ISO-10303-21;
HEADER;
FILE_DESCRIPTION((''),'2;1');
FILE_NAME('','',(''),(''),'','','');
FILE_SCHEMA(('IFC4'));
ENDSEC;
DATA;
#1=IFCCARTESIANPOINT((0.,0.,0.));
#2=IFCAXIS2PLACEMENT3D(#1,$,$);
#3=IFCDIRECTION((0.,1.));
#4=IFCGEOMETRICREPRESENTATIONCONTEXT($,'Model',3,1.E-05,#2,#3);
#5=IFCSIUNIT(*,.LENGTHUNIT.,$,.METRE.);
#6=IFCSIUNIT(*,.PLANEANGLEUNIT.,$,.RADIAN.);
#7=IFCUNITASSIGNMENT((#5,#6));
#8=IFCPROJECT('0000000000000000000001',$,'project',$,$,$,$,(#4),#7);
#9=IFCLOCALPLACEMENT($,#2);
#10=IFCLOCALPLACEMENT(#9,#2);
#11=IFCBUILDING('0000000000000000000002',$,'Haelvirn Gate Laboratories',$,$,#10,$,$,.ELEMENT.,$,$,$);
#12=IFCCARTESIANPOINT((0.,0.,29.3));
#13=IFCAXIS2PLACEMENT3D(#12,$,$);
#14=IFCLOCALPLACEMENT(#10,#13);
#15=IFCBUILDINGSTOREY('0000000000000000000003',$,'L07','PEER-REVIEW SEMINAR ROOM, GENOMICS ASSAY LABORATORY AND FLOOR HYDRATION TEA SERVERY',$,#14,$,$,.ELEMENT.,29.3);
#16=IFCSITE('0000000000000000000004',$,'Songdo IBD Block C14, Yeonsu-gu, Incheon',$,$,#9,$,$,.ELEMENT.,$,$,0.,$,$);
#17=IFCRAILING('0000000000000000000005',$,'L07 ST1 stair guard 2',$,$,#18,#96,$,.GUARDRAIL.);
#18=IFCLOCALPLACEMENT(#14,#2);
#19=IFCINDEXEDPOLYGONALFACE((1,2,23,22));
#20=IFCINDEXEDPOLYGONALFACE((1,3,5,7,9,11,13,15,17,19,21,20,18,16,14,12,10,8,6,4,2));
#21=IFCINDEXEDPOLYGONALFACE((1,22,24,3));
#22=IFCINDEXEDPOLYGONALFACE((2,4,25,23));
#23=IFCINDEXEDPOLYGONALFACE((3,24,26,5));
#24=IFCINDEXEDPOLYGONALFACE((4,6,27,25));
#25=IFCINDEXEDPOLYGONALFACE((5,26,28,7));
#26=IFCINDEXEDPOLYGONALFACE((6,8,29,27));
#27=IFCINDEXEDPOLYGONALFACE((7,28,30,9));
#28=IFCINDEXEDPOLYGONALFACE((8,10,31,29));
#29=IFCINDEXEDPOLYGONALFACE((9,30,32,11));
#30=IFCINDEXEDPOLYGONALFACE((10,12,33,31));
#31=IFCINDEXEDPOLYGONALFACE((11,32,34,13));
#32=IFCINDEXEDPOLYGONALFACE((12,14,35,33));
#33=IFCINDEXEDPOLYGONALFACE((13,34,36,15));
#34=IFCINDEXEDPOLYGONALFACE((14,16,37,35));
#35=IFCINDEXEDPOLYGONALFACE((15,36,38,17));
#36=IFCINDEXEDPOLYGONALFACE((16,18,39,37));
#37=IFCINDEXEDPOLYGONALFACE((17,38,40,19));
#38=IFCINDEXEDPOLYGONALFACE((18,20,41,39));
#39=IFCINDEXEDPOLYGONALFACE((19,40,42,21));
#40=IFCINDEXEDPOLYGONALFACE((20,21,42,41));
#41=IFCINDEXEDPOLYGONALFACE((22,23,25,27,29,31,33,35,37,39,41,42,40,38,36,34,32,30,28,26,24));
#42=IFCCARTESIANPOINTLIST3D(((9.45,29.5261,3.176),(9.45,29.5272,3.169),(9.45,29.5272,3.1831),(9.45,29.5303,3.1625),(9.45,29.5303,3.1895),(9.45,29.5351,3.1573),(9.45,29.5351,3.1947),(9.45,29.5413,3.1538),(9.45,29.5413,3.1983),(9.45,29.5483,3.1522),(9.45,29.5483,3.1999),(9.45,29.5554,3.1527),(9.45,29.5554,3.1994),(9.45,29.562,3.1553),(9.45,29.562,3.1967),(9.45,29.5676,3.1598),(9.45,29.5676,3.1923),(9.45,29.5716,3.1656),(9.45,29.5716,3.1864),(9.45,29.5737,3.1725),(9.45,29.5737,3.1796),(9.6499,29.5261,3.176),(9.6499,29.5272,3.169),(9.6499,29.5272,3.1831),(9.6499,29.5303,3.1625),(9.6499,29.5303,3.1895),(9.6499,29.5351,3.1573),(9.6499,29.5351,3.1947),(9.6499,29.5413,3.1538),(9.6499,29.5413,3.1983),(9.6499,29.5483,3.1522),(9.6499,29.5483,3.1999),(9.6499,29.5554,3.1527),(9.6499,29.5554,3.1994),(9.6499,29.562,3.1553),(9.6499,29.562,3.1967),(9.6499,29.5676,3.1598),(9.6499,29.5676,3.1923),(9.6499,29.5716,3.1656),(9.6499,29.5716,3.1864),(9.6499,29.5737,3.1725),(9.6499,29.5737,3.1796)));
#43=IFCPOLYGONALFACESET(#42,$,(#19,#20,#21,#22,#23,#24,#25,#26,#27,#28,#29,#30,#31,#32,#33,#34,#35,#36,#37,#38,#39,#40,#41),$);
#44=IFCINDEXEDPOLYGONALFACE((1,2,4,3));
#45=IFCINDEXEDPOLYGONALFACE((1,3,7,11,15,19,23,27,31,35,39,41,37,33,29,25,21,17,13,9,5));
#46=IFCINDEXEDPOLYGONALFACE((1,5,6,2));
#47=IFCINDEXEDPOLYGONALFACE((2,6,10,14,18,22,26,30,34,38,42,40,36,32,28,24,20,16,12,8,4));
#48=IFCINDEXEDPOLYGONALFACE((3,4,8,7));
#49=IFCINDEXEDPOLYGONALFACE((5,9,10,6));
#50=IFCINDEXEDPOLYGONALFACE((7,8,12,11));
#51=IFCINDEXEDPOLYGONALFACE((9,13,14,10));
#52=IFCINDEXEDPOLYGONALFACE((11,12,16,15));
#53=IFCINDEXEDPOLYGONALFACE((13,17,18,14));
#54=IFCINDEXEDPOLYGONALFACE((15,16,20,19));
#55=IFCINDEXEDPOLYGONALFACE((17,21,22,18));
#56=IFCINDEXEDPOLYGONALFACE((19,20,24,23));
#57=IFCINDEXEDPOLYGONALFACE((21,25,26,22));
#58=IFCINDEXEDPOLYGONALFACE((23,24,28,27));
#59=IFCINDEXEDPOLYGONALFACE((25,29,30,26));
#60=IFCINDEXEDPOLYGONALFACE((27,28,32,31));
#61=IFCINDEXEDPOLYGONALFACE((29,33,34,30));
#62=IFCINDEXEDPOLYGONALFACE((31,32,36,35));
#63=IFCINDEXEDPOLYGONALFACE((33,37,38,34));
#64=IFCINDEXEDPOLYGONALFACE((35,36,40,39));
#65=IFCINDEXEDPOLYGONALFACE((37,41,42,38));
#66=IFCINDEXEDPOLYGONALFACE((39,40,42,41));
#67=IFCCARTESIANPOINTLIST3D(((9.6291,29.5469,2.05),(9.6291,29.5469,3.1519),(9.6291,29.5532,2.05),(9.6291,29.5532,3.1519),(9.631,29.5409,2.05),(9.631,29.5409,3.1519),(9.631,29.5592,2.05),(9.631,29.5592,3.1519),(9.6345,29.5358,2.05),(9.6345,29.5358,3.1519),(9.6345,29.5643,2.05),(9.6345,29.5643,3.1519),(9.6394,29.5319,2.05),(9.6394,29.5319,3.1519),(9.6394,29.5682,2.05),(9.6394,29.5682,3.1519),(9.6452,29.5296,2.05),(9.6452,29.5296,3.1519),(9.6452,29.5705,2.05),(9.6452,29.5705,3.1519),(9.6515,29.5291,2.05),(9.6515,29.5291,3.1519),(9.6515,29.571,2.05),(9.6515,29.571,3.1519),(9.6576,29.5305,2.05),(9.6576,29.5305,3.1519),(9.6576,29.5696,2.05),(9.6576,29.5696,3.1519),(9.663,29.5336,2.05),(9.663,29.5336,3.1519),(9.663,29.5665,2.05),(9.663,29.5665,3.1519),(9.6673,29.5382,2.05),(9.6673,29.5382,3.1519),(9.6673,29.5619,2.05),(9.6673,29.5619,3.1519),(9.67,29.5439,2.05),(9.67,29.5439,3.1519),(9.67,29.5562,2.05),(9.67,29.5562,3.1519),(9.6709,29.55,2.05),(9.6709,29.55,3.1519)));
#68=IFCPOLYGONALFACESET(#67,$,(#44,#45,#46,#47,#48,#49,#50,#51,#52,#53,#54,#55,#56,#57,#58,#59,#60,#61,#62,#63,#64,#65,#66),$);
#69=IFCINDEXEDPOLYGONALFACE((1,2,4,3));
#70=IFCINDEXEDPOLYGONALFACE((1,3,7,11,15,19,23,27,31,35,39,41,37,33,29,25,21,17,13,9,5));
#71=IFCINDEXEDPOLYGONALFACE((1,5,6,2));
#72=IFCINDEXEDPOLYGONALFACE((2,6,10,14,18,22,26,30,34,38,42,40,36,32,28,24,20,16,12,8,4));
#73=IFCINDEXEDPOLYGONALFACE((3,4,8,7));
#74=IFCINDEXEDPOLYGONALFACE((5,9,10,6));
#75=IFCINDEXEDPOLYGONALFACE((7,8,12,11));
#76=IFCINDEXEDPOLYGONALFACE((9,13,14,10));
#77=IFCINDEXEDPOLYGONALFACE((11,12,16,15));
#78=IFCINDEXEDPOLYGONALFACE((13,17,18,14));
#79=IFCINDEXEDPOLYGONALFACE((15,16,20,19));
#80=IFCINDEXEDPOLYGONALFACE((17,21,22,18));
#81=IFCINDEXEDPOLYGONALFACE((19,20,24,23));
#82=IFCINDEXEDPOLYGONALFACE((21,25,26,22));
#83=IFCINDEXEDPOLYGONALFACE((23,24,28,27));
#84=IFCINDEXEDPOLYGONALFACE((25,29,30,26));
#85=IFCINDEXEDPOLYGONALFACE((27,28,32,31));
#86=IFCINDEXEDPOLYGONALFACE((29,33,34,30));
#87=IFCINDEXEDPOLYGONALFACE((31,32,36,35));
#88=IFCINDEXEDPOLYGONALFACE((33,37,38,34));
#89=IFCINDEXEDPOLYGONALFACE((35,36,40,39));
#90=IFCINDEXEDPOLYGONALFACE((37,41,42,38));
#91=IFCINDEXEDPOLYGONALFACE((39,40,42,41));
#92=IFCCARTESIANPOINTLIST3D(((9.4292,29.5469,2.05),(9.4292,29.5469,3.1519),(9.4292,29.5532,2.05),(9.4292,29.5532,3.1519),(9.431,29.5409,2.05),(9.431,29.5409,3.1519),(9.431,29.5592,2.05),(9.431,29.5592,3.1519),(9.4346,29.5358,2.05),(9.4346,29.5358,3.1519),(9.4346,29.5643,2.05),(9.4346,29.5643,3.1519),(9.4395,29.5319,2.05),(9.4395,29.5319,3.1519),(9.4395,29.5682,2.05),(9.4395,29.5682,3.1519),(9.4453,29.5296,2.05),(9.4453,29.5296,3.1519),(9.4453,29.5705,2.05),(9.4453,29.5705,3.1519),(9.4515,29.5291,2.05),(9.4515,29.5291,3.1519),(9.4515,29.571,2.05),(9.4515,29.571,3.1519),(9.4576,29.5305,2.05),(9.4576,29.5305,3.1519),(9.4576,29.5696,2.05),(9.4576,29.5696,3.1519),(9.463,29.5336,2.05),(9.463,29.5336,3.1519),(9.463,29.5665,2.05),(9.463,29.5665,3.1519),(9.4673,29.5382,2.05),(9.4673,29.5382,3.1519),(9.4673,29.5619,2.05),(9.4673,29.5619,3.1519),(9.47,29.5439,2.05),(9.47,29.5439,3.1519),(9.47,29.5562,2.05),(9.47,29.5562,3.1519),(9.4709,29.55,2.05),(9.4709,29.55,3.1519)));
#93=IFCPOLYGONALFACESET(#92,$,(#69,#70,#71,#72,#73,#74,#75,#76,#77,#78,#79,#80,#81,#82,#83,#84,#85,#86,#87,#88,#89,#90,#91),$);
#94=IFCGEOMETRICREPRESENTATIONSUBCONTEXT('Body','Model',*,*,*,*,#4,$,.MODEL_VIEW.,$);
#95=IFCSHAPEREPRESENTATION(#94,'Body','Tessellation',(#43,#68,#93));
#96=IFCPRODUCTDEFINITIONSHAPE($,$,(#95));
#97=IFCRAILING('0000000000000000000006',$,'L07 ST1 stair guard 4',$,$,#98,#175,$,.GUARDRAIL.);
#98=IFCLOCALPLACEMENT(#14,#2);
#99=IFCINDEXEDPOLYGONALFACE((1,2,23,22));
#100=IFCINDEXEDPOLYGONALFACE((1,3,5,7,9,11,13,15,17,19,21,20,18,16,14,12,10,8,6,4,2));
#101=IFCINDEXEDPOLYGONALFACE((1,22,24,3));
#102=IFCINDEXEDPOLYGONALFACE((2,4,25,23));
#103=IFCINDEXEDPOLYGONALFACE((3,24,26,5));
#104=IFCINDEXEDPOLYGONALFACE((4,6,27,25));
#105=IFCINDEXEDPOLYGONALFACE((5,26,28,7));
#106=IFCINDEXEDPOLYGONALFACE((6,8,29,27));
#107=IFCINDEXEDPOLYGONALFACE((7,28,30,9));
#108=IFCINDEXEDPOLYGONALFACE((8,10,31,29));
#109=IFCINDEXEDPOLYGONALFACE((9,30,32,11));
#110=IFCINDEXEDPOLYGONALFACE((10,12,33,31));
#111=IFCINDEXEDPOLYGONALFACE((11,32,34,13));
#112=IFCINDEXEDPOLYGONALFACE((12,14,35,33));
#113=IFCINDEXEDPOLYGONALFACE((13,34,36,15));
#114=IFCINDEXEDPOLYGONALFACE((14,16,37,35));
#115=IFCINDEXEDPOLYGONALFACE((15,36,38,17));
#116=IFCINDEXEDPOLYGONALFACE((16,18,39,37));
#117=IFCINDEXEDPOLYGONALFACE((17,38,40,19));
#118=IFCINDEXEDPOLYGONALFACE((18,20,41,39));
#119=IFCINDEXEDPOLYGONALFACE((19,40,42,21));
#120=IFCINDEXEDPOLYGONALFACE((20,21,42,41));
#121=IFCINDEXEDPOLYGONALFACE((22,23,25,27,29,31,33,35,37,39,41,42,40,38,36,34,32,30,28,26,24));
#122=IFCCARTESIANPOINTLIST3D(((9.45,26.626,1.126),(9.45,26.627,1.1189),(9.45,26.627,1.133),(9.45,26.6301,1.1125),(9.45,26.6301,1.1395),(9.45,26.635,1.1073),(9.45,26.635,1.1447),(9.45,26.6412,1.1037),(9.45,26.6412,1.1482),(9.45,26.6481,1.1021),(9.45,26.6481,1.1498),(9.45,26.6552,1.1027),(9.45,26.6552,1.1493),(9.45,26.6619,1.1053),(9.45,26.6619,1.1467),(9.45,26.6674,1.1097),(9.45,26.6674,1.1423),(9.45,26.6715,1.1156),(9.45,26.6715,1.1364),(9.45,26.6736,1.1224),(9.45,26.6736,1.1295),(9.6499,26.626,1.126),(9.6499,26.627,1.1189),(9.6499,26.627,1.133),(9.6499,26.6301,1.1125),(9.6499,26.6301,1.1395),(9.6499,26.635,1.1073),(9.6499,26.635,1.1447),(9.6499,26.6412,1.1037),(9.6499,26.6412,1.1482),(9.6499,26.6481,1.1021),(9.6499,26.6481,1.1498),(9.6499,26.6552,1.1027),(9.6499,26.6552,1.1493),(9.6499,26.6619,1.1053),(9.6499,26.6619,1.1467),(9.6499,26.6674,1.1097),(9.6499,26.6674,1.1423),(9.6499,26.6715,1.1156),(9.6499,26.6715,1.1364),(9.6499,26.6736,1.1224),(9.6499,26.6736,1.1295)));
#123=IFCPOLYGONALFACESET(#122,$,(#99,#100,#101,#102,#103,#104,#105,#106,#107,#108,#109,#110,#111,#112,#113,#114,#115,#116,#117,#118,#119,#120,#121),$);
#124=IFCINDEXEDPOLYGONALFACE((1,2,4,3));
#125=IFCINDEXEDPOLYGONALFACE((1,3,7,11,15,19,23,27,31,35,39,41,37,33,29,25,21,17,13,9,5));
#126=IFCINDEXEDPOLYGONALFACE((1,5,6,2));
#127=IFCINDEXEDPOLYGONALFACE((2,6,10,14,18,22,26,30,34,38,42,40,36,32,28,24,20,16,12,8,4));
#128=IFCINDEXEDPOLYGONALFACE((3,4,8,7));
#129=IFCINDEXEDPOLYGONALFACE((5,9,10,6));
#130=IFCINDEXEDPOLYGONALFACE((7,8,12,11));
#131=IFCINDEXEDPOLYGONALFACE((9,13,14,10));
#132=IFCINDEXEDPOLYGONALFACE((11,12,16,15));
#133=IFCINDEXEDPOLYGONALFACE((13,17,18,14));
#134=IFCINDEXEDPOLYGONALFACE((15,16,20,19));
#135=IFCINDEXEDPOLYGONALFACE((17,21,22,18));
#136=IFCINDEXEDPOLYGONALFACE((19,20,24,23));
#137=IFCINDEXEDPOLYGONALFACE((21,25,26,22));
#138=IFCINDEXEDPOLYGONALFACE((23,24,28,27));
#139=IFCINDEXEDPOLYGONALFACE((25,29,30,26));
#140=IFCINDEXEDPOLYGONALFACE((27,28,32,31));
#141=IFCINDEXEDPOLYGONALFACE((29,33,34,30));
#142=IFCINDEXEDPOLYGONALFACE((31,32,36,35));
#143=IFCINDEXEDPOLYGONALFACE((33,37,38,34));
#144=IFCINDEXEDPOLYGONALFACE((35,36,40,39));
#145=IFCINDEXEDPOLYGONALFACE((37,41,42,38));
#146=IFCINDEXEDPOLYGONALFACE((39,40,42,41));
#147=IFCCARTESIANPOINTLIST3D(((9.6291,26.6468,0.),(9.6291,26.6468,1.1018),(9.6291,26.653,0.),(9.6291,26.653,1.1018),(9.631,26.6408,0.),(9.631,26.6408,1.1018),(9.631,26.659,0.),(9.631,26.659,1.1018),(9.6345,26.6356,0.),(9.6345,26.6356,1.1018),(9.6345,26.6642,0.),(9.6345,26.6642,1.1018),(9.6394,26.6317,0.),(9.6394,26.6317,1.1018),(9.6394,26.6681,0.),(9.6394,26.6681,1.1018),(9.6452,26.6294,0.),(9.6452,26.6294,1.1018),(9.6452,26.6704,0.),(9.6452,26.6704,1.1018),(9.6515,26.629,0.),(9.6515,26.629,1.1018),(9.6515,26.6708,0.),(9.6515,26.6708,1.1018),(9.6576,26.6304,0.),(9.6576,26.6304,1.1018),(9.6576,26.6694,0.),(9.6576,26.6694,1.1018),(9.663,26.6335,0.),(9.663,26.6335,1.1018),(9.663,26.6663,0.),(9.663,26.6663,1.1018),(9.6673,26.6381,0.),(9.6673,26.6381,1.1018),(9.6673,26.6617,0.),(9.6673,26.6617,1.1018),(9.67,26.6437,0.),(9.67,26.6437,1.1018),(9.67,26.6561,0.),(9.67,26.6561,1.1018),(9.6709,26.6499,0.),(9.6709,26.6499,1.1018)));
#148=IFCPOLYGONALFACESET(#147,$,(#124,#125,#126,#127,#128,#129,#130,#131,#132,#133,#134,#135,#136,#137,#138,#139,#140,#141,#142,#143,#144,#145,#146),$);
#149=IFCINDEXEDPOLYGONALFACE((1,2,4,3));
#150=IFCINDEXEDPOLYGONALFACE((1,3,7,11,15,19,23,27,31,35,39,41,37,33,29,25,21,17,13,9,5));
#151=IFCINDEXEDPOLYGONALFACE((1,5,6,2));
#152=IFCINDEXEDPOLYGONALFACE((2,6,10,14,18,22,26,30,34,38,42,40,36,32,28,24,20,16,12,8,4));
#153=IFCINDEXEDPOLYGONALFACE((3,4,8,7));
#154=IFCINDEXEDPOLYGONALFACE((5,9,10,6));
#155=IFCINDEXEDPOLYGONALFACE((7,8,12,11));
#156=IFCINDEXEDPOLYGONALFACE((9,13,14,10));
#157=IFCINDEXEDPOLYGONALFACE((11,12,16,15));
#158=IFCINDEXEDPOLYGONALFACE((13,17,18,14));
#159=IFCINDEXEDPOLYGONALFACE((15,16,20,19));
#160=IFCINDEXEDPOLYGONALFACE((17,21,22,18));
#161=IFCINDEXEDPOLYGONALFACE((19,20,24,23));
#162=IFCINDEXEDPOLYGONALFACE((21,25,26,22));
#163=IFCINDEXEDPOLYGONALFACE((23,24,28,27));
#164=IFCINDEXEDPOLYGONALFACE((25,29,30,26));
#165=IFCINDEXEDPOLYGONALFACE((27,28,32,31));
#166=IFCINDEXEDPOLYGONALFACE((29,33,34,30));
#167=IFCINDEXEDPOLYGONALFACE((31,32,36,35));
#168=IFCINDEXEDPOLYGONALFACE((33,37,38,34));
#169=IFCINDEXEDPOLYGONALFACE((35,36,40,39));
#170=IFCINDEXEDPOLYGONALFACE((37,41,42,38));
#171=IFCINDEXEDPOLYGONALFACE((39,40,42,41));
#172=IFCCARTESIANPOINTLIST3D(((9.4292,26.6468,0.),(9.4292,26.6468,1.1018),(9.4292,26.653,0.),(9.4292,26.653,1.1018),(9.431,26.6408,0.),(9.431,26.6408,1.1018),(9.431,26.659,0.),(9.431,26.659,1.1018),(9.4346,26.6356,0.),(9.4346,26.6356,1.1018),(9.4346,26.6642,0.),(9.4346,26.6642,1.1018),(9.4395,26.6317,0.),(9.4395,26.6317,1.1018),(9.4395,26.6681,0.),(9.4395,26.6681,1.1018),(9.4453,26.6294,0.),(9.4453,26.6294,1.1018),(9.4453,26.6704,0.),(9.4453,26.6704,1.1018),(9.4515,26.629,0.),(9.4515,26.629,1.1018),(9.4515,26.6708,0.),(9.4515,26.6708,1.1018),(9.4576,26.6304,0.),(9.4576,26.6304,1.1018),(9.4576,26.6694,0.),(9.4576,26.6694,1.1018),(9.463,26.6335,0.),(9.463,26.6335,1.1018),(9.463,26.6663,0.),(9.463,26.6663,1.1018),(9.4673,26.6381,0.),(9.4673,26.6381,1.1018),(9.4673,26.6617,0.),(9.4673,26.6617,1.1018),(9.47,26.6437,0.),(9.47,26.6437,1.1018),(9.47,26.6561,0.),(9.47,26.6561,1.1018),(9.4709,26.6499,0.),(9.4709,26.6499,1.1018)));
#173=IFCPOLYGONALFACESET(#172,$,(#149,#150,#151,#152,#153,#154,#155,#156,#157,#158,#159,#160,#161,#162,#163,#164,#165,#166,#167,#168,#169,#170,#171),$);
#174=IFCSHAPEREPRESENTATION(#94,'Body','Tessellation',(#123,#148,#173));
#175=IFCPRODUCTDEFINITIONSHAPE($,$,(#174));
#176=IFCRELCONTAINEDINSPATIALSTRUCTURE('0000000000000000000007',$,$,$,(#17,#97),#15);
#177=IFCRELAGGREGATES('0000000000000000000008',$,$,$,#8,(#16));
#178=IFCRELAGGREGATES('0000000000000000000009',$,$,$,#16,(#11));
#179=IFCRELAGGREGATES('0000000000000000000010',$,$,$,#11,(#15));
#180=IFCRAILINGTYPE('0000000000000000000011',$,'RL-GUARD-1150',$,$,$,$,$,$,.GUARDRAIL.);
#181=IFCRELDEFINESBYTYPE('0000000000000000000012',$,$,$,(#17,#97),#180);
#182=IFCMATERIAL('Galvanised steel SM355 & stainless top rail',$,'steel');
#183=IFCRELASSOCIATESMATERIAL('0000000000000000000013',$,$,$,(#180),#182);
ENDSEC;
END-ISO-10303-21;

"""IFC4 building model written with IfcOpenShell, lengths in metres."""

from ifc_helpers import new_model, si_unit, direction, frame, origin, origin_2d, place, context, subcontext, project, spatial, circle, extrude, source, transform, mapped, material, type_object, element, save


model = new_model("IFC4")

# Units and contexts
model_context = context("Model", 3, precision=1e-05, world=origin(), true_north=direction((0.0, 1.0)))
body_context = subcontext(model_context, "Body", "Model", "MODEL_VIEW")
ifc_project = project(units=[si_unit("LENGTHUNIT", "METRE"), si_unit("PLANEANGLEUNIT", "RADIAN")], contexts=[model_context])

# Site, building, storey
site_placement = place(None, origin())
site = spatial("IfcSite", under=ifc_project, at=site_placement, Name="Songdo IBD Block C14, Yeonsu-gu, Incheon", CompositionType="ELEMENT", RefElevation=0.0)
building_placement = place(site_placement, origin())
building = spatial("IfcBuilding", under=site, at=building_placement, Name="Haelvirn Gate Laboratories", CompositionType="ELEMENT")
storey_placement = place(building_placement, frame((0.0, 0.0, 29.3)))
storey = spatial("IfcBuildingStorey", under=building, at=storey_placement, Name="L07", Description="PEER-REVIEW SEMINAR ROOM, GENOMICS ASSAY LABORATORY AND FLOOR HYDRATION TEA SERVERY", CompositionType="ELEMENT", Elevation=29.3)

# Railings
ifc_material_1 = material(Name="Galvanised steel SM355 & stainless top rail", Category="steel")
railing_type_1 = type_object("IfcRailingType", Name="RL-GUARD-1150", PredefinedType="GUARDRAIL", material=ifc_material_1)
shared_shape_1 = source(origin(), body_context, "Body", "SweptSolid", [
    extrude(circle(Radius=0.0239, at=origin_2d()), frame((0.0, 0.0, 1.126), z_axis=(-1.0, 0.0, 0.0), x_axis=(0.0, -1.0, 0.0)), (0.0, 0.0, 1.0), 0.2),
    extrude(circle(Radius=0.021, at=origin_2d()), origin(), (0.0, 0.0, 1.0), 1.1018),
    extrude(circle(Radius=0.021, at=origin_2d()), frame((-0.2, 0.0, 0.0)), (0.0, 0.0, 1.0), 1.1018),
])
for number, where, name in (
    (1, (9.6499, 29.55, 2.05), "L07 ST1 stair guard 2"),
    (2, (9.6499, 26.6499, 0.0), "L07 ST1 stair guard 4"),
):
    element("IfcRailing", number, at=place(storey_placement, frame(where)), inside=storey, type_object=railing_type_1, Name=name, PredefinedType="GUARDRAIL", context=body_context, shape_type="MappedRepresentation", body=[
        mapped(shared_shape_1, transform((0.0, 0.0, 0.0), scale=1.0)),
    ])

save(model, "model.ifc")
